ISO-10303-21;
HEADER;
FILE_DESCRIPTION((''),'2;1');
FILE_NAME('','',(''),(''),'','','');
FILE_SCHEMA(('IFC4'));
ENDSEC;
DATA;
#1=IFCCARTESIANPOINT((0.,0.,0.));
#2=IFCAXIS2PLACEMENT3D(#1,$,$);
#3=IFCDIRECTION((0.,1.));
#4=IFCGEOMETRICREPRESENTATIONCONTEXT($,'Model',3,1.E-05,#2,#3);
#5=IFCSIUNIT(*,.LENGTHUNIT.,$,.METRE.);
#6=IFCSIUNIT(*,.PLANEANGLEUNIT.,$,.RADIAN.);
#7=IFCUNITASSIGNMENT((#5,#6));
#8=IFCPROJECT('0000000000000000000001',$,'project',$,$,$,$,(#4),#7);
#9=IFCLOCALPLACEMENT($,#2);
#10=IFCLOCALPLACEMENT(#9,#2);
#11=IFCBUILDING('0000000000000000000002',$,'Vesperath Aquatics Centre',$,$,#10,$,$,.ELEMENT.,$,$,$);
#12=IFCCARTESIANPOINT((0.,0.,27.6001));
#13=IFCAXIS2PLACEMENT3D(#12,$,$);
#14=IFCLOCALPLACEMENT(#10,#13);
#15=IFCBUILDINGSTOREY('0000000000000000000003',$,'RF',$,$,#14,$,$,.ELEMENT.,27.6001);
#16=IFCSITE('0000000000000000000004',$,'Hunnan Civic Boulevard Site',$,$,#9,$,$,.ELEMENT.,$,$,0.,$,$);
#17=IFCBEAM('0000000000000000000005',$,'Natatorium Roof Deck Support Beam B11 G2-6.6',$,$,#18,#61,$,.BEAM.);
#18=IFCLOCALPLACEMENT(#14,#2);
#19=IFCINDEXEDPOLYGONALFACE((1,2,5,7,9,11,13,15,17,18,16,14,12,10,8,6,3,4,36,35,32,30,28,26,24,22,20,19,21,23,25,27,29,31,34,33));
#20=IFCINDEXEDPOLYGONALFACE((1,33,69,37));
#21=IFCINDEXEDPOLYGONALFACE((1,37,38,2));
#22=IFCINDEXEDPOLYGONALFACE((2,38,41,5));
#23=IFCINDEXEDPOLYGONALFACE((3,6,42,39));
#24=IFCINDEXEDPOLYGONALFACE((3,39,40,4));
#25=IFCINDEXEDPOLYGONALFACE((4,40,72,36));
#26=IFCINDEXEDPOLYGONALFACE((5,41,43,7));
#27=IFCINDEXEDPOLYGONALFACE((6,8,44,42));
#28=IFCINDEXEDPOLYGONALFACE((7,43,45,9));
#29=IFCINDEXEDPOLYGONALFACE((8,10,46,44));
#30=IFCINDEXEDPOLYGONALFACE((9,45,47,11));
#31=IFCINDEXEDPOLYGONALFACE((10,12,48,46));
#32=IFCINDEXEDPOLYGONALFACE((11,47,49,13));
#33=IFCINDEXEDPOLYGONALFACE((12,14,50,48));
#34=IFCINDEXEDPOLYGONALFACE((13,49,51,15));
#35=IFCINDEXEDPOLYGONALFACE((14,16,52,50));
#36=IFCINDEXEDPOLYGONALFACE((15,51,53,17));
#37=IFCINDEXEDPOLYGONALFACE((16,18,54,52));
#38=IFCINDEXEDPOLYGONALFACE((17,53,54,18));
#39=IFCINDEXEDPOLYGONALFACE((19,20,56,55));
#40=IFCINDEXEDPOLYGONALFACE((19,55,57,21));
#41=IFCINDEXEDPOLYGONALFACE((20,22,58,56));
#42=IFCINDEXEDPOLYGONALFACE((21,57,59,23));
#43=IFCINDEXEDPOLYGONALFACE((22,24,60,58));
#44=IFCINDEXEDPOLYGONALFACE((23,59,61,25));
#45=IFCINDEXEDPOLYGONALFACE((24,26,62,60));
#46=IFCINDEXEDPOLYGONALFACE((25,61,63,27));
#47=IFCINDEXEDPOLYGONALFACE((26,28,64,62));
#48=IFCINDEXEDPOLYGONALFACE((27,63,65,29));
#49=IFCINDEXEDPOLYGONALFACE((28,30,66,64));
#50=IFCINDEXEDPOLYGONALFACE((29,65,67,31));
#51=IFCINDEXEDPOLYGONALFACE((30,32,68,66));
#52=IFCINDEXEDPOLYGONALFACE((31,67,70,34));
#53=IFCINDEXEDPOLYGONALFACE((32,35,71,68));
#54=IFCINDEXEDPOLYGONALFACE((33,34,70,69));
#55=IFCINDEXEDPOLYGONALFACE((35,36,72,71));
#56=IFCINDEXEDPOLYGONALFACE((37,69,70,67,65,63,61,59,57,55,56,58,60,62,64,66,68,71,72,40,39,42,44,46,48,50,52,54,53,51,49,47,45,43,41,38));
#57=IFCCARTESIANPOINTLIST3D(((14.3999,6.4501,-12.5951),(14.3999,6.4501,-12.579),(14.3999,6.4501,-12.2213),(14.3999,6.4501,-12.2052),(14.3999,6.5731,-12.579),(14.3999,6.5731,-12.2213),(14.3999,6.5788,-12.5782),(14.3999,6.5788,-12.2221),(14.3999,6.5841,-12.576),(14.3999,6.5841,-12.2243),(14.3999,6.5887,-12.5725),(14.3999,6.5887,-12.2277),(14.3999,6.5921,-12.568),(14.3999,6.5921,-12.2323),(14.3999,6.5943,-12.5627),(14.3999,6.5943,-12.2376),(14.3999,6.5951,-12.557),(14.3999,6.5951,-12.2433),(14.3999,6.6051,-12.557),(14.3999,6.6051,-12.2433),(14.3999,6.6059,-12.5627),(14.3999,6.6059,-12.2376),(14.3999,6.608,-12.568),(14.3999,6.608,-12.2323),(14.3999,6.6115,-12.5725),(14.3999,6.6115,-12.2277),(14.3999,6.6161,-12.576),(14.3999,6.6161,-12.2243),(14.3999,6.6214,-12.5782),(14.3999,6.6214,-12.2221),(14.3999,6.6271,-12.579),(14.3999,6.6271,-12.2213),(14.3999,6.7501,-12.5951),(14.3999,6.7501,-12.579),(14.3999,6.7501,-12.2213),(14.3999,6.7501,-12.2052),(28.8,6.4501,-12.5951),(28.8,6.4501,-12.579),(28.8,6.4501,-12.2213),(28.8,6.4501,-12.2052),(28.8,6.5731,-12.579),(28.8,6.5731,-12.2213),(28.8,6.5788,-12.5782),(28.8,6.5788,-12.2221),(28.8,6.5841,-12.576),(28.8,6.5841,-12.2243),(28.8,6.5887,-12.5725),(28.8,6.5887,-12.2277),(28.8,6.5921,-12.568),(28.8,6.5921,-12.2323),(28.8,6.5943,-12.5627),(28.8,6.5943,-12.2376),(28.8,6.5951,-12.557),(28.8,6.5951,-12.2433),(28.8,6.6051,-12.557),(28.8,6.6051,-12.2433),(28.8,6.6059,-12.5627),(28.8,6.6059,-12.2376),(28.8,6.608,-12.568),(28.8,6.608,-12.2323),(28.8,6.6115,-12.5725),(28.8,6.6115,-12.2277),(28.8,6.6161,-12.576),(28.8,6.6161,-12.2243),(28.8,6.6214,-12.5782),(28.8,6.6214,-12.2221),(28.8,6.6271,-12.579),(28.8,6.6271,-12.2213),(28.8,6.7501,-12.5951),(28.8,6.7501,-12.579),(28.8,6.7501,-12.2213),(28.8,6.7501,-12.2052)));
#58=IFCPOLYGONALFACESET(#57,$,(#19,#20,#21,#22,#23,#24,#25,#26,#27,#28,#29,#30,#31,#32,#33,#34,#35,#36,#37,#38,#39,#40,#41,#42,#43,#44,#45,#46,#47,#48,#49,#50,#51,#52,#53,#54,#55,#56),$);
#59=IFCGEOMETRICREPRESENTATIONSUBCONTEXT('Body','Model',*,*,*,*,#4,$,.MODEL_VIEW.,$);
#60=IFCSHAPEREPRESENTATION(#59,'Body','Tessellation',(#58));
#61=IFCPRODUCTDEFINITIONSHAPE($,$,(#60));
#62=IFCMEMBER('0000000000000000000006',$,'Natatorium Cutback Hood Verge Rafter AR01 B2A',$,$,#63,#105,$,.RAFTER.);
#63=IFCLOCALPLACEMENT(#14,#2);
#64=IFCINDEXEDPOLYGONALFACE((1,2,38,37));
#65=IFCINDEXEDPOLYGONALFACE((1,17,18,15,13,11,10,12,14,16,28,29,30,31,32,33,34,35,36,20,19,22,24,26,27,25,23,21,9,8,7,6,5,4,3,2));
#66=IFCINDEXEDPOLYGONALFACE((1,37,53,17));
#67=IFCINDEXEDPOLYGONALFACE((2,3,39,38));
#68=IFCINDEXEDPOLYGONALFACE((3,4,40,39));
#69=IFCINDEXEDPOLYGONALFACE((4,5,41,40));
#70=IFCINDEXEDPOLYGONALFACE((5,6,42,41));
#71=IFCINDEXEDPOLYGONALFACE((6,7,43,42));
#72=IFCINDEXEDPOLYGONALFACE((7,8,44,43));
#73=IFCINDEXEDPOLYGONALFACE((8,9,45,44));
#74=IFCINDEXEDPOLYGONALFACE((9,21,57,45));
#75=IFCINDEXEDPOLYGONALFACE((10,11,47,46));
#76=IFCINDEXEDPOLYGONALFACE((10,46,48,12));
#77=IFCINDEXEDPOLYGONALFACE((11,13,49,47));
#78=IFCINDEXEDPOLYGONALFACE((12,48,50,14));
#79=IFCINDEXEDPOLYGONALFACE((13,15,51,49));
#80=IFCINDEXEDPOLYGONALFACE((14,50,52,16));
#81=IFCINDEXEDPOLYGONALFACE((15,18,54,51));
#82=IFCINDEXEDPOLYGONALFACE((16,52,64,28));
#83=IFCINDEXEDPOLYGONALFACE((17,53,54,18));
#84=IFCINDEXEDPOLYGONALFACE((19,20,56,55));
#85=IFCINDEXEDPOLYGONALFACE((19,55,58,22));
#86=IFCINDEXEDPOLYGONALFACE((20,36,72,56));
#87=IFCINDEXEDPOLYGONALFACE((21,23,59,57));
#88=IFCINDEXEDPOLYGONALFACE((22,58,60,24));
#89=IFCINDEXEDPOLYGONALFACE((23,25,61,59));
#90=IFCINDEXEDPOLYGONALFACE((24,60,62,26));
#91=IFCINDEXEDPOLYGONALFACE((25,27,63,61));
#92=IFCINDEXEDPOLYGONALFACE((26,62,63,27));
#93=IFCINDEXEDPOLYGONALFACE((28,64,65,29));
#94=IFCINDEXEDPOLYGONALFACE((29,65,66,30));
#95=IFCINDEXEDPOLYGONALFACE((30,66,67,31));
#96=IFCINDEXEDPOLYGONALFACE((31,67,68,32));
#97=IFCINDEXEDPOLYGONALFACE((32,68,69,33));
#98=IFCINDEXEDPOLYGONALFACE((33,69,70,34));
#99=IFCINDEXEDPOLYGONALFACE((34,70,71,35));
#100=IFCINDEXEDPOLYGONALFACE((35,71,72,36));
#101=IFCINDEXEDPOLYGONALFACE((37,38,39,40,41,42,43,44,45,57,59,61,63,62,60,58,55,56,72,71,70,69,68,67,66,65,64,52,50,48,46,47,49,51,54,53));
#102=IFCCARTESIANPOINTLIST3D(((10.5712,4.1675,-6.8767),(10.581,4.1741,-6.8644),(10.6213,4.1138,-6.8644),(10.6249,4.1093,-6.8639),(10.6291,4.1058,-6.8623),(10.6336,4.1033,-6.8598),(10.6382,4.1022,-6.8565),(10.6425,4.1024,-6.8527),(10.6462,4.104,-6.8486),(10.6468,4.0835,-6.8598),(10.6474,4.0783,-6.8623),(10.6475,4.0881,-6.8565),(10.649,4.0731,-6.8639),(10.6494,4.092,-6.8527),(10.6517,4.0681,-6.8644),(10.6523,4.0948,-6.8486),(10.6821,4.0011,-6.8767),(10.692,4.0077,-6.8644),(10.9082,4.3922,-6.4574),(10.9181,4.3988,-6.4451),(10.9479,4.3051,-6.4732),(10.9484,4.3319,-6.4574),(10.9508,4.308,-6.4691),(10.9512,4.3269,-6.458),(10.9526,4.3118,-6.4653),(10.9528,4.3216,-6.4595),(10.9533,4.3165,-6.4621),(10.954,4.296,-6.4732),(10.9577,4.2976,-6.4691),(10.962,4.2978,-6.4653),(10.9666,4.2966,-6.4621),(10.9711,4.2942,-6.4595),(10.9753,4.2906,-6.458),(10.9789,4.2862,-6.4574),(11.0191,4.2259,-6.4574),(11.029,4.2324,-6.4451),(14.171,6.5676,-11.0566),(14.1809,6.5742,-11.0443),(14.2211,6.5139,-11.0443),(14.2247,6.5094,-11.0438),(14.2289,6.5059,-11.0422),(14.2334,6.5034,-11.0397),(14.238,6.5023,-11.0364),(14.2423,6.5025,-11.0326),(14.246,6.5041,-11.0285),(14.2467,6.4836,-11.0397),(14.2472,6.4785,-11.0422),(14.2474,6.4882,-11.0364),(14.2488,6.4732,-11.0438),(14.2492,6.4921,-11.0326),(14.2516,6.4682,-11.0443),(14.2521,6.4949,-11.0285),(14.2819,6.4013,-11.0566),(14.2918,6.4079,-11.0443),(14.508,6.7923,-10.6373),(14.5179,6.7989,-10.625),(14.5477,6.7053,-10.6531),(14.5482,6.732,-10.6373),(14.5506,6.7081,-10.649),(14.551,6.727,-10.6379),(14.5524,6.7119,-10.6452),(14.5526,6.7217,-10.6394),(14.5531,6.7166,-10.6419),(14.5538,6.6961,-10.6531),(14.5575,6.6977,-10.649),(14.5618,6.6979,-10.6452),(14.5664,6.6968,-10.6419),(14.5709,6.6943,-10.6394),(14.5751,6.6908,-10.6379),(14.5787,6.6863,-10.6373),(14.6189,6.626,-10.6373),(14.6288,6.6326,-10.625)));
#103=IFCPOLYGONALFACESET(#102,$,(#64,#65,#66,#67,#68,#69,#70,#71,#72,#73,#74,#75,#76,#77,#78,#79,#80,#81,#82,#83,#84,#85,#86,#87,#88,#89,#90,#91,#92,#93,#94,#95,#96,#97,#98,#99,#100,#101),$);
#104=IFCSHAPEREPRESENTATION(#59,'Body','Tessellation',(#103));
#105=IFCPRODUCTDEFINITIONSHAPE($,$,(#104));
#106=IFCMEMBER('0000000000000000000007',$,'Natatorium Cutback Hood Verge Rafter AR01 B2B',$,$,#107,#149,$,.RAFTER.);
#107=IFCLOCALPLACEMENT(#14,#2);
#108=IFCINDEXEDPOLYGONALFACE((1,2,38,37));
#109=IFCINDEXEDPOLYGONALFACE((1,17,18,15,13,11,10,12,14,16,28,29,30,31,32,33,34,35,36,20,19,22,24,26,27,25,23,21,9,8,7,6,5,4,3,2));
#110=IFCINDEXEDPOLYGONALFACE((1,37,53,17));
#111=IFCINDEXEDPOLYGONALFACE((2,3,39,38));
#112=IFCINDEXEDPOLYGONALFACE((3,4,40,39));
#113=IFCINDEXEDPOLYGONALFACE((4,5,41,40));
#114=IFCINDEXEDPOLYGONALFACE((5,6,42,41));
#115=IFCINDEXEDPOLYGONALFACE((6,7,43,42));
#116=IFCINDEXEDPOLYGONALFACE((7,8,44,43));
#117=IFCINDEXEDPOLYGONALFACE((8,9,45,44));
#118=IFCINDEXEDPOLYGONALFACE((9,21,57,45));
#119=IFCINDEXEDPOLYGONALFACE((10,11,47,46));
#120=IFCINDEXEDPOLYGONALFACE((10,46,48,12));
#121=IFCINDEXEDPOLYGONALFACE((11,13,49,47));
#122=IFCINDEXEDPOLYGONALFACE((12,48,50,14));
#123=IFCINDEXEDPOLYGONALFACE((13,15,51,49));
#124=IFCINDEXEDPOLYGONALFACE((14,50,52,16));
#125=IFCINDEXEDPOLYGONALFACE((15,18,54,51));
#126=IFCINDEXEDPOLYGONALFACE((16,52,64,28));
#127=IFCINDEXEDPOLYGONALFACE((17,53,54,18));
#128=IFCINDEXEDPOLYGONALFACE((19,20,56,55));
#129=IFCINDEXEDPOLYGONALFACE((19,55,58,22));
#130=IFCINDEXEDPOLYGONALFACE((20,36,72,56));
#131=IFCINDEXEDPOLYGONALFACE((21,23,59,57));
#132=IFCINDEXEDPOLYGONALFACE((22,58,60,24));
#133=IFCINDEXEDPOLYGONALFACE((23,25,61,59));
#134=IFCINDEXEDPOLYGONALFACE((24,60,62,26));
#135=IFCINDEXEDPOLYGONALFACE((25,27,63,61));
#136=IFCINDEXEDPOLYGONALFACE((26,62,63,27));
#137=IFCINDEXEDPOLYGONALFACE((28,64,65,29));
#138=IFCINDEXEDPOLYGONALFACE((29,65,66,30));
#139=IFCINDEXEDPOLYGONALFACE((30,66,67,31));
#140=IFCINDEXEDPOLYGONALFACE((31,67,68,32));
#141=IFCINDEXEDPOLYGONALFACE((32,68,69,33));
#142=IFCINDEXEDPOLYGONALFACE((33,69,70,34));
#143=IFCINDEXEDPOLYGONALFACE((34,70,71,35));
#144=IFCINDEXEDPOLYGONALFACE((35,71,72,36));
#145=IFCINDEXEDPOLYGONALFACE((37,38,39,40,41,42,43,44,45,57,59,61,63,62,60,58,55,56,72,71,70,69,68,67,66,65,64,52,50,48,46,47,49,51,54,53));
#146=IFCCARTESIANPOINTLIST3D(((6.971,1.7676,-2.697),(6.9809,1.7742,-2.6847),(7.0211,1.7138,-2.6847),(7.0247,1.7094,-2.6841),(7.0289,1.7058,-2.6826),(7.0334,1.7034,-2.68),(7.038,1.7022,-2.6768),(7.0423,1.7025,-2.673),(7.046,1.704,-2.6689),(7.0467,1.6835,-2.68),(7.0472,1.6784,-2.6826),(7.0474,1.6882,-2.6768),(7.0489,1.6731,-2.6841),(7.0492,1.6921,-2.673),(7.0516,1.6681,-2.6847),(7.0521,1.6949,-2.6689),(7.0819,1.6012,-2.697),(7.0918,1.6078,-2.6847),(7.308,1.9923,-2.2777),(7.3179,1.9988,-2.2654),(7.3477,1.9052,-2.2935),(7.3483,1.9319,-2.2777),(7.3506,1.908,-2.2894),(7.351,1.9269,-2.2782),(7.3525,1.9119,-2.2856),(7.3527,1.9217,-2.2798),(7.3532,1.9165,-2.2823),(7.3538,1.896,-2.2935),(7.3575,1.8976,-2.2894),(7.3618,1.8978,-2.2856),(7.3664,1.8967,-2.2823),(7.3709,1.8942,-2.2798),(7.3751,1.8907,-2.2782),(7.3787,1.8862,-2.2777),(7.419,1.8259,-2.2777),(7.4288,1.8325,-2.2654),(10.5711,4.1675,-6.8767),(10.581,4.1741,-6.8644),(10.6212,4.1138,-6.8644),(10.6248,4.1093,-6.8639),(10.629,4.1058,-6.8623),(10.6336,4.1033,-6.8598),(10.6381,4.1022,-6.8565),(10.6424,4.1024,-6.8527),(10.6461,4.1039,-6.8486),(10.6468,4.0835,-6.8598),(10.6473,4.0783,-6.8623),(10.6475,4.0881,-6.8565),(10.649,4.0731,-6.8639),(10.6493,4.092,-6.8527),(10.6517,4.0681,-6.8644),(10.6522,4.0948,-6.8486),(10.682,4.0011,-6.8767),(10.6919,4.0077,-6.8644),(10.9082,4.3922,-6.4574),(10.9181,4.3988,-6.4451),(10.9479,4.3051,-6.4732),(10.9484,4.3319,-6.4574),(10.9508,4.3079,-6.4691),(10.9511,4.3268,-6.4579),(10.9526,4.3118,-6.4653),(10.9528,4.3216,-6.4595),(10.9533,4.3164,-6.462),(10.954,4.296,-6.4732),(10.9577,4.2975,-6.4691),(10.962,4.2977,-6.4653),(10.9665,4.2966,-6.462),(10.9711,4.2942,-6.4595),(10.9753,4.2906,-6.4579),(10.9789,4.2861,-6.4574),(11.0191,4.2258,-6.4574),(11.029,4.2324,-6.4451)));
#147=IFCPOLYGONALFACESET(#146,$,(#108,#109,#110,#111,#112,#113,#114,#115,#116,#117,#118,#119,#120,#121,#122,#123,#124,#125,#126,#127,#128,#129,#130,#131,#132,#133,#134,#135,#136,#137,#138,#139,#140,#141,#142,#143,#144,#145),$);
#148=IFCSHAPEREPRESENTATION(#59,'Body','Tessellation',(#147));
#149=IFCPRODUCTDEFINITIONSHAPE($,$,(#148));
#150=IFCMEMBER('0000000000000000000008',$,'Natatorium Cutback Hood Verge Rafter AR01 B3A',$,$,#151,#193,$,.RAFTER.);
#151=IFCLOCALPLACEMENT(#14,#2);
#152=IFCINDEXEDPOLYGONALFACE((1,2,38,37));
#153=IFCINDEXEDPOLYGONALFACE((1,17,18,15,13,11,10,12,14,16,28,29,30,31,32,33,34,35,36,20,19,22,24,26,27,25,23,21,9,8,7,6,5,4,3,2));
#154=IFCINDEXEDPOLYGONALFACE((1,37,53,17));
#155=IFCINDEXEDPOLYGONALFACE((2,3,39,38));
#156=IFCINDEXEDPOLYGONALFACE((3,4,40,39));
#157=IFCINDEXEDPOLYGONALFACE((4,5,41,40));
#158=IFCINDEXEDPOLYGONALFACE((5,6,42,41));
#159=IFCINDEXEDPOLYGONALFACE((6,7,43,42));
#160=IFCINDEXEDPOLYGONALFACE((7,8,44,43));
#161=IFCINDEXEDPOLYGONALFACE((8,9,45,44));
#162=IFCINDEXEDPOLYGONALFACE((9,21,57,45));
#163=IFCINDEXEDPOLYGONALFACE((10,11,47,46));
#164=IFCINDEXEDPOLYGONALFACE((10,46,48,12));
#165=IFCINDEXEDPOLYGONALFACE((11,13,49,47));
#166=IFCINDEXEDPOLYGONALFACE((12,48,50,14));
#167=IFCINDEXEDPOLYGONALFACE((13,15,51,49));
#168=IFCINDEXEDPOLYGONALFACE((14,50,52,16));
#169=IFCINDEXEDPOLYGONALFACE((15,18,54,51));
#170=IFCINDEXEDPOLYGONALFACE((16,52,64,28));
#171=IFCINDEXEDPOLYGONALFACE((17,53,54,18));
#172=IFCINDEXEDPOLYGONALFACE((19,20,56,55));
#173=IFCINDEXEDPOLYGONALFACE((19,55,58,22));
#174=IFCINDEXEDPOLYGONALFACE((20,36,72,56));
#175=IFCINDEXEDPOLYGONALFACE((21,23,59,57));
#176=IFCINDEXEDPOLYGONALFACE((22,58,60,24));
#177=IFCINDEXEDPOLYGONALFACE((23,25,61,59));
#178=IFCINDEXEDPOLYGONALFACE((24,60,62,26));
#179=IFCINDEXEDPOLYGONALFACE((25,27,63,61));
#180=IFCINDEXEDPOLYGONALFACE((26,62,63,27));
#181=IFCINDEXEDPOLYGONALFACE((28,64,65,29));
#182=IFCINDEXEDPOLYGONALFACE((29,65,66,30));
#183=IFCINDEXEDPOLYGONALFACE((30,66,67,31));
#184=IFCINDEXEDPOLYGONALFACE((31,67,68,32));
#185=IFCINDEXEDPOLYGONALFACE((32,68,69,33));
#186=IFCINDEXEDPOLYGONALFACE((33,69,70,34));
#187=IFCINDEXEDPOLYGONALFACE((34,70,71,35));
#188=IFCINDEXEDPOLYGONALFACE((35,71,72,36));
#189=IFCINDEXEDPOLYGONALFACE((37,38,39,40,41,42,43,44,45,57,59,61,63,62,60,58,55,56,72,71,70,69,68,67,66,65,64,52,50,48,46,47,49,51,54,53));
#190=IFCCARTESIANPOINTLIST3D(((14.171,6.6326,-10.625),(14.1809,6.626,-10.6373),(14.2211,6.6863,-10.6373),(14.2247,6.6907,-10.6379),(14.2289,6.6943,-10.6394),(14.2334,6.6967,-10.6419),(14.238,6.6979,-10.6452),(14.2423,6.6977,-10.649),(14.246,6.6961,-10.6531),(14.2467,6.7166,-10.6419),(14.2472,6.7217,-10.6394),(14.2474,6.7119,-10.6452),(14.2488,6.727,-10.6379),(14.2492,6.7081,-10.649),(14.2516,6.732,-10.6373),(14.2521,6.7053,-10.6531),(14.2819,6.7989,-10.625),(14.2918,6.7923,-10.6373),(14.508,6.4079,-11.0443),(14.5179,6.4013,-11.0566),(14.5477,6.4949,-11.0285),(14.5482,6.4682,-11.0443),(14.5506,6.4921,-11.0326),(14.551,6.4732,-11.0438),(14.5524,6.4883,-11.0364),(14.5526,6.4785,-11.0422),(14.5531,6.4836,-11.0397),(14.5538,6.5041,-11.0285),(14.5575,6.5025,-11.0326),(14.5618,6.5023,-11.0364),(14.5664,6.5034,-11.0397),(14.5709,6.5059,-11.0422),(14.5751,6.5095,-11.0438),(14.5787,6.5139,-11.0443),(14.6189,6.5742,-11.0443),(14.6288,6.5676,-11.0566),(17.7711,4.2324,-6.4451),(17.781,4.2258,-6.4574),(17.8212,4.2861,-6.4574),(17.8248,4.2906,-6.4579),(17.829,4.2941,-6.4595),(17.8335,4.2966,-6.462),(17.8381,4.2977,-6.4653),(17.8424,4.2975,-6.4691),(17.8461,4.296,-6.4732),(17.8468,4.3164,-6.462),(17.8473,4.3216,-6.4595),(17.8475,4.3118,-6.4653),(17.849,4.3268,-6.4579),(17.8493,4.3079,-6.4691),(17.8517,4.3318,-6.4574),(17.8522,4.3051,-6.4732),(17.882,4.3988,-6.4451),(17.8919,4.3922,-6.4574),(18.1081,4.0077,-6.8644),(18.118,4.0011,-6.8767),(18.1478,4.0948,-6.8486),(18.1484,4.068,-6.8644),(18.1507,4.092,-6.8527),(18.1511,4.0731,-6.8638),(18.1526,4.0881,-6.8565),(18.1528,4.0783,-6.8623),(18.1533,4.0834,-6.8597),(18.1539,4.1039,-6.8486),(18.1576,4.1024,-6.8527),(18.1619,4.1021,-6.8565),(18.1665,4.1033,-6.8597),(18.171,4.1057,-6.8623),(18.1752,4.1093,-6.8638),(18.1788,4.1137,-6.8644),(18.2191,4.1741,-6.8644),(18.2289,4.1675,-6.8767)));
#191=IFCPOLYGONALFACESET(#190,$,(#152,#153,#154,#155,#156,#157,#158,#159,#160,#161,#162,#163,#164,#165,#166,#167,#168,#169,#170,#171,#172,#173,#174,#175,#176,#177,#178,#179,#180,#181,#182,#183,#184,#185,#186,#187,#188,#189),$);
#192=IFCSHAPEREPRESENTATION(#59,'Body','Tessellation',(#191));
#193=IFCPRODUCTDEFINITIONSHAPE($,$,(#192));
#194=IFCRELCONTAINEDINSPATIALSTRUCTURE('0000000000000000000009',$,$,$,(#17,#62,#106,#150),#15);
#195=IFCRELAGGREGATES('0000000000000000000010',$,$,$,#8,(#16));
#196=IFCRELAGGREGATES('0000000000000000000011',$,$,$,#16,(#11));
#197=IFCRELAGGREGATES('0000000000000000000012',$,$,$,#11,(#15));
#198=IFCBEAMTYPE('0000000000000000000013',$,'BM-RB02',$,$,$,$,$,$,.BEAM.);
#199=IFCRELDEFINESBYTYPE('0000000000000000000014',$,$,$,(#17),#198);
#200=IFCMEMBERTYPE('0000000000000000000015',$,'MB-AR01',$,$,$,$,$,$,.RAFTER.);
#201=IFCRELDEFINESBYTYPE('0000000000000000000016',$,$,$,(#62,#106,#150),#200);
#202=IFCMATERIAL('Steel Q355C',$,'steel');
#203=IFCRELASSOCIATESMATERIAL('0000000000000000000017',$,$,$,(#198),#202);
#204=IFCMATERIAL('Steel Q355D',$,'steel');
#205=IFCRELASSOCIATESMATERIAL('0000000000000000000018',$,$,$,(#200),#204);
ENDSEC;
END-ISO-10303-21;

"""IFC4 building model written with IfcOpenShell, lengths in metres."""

from ifc_helpers import new_model, si_unit, direction, frame, origin, origin_2d, place, context, subcontext, project, spatial, i_section, extrude, material, material_profile, profile_set, type_object, element, save


model = new_model("IFC4")

# Units and contexts
model_context = context("Model", 3, precision=1e-05, world=origin(), true_north=direction((0.0, 1.0)))
body_context = subcontext(model_context, "Body", "Model", "MODEL_VIEW")
ifc_project = project(units=[si_unit("LENGTHUNIT", "METRE"), si_unit("PLANEANGLEUNIT", "RADIAN")], contexts=[model_context])

# Site, building, storey
site_placement = place(None, origin())
site = spatial("IfcSite", under=ifc_project, at=site_placement, Name="Hunnan Civic Boulevard Site", CompositionType="ELEMENT", RefElevation=0.0)
building_placement = place(site_placement, origin())
building = spatial("IfcBuilding", under=site, at=building_placement, Name="Vesperath Aquatics Centre", CompositionType="ELEMENT")
storey_placement = place(building_placement, frame((0.0, 0.0, 27.6001)))
storey = spatial("IfcBuildingStorey", under=building, at=storey_placement, Name="RF", CompositionType="ELEMENT", Elevation=27.6001)

# Beam
ifc_material_1 = material(Name="Steel Q355C", Category="steel")
ifc_material_profile_1 = material_profile(ifc_material_1, i_section(OverallWidth=0.3, OverallDepth=0.3899, WebThickness=0.01, FlangeThickness=0.0161, FilletRadius=0.022, at=origin_2d()), Name="HM 390x300x10x16")
ifc_profile_set_1 = profile_set([ifc_material_profile_1], Name="Steel Q355C")
beam_type = type_object("IfcBeamType", Name="BM-RB02", PredefinedType="BEAM", material=ifc_profile_set_1)
beam_placement = place(storey_placement, frame((14.3999, 6.6001, -12.4001), z_axis=(1.0, 0.0, 0.0), x_axis=(0.0, 1.0, 0.0)))
element("IfcBeam", 1, at=beam_placement, inside=storey, type_object=beam_type, Name="Natatorium Roof Deck Support Beam B11 G2-6.6", PredefinedType="BEAM", context=body_context, shape_type="SweptSolid", body=[
    extrude(i_section(OverallWidth=0.3, OverallDepth=0.3899, WebThickness=0.01, FlangeThickness=0.0161, FilletRadius=0.022, at=origin_2d()), origin(), (0.0, 0.0, 1.0), 14.4001),
])

# Members
ifc_material_2 = material(Name="Steel Q355D", Category="steel")
ifc_material_profile_2 = material_profile(ifc_material_2, i_section(OverallWidth=0.2, OverallDepth=0.6001, WebThickness=0.011, FlangeThickness=0.0171, FilletRadius=0.022, at=origin_2d()), Name="HN 600x200x11x17")
ifc_profile_set_2 = profile_set([ifc_material_profile_2], Name="Steel Q355D")
member_type_1 = type_object("IfcMemberType", Name="MB-AR01", PredefinedType="RAFTER", material=ifc_profile_set_2)
for number, where, z_axis, x_axis, name in (
    (2, (14.3999, 6.6001, -10.8408), (-0.598386, -0.398965, 0.69481), (0.554739, -0.832024, 0.0), "Natatorium Cutback Hood Verge Rafter AR01 B2A"),
    (3, (10.8, 4.2, -6.6609), (-0.598439, -0.398932, 0.694783), (0.554674, -0.832068, 0.0), "Natatorium Cutback Hood Verge Rafter AR01 B2B"),
):
    element("IfcMember", number, at=place(storey_placement, frame(where, z_axis=z_axis, x_axis=x_axis)), inside=storey, type_object=member_type_1, Name=name, PredefinedType="RAFTER", context=body_context, shape_type="SweptSolid", body=[
        extrude(i_section(OverallWidth=0.2, OverallDepth=0.6001, WebThickness=0.011, FlangeThickness=0.0171, FilletRadius=0.022, at=origin_2d()), origin(), (0.0, 0.0, 1.0), 6.0159),
    ])
member_1_placement = place(storey_placement, frame((14.3999, 6.6001, -10.8408), z_axis=(0.598412, -0.398955, 0.694793), x_axis=(0.554713, 0.832042, 0.0)))
element("IfcMember", 4, at=member_1_placement, inside=storey, type_object=member_type_1, Name="Natatorium Cutback Hood Verge Rafter AR01 B3A", PredefinedType="RAFTER", context=body_context, shape_type="SweptSolid", body=[
    extrude(i_section(OverallWidth=0.2, OverallDepth=0.6001, WebThickness=0.011, FlangeThickness=0.0171, FilletRadius=0.022, at=origin_2d()), origin(), (0.0, 0.0, 1.0), 6.0161),
])

save(model, "model.ifc")
